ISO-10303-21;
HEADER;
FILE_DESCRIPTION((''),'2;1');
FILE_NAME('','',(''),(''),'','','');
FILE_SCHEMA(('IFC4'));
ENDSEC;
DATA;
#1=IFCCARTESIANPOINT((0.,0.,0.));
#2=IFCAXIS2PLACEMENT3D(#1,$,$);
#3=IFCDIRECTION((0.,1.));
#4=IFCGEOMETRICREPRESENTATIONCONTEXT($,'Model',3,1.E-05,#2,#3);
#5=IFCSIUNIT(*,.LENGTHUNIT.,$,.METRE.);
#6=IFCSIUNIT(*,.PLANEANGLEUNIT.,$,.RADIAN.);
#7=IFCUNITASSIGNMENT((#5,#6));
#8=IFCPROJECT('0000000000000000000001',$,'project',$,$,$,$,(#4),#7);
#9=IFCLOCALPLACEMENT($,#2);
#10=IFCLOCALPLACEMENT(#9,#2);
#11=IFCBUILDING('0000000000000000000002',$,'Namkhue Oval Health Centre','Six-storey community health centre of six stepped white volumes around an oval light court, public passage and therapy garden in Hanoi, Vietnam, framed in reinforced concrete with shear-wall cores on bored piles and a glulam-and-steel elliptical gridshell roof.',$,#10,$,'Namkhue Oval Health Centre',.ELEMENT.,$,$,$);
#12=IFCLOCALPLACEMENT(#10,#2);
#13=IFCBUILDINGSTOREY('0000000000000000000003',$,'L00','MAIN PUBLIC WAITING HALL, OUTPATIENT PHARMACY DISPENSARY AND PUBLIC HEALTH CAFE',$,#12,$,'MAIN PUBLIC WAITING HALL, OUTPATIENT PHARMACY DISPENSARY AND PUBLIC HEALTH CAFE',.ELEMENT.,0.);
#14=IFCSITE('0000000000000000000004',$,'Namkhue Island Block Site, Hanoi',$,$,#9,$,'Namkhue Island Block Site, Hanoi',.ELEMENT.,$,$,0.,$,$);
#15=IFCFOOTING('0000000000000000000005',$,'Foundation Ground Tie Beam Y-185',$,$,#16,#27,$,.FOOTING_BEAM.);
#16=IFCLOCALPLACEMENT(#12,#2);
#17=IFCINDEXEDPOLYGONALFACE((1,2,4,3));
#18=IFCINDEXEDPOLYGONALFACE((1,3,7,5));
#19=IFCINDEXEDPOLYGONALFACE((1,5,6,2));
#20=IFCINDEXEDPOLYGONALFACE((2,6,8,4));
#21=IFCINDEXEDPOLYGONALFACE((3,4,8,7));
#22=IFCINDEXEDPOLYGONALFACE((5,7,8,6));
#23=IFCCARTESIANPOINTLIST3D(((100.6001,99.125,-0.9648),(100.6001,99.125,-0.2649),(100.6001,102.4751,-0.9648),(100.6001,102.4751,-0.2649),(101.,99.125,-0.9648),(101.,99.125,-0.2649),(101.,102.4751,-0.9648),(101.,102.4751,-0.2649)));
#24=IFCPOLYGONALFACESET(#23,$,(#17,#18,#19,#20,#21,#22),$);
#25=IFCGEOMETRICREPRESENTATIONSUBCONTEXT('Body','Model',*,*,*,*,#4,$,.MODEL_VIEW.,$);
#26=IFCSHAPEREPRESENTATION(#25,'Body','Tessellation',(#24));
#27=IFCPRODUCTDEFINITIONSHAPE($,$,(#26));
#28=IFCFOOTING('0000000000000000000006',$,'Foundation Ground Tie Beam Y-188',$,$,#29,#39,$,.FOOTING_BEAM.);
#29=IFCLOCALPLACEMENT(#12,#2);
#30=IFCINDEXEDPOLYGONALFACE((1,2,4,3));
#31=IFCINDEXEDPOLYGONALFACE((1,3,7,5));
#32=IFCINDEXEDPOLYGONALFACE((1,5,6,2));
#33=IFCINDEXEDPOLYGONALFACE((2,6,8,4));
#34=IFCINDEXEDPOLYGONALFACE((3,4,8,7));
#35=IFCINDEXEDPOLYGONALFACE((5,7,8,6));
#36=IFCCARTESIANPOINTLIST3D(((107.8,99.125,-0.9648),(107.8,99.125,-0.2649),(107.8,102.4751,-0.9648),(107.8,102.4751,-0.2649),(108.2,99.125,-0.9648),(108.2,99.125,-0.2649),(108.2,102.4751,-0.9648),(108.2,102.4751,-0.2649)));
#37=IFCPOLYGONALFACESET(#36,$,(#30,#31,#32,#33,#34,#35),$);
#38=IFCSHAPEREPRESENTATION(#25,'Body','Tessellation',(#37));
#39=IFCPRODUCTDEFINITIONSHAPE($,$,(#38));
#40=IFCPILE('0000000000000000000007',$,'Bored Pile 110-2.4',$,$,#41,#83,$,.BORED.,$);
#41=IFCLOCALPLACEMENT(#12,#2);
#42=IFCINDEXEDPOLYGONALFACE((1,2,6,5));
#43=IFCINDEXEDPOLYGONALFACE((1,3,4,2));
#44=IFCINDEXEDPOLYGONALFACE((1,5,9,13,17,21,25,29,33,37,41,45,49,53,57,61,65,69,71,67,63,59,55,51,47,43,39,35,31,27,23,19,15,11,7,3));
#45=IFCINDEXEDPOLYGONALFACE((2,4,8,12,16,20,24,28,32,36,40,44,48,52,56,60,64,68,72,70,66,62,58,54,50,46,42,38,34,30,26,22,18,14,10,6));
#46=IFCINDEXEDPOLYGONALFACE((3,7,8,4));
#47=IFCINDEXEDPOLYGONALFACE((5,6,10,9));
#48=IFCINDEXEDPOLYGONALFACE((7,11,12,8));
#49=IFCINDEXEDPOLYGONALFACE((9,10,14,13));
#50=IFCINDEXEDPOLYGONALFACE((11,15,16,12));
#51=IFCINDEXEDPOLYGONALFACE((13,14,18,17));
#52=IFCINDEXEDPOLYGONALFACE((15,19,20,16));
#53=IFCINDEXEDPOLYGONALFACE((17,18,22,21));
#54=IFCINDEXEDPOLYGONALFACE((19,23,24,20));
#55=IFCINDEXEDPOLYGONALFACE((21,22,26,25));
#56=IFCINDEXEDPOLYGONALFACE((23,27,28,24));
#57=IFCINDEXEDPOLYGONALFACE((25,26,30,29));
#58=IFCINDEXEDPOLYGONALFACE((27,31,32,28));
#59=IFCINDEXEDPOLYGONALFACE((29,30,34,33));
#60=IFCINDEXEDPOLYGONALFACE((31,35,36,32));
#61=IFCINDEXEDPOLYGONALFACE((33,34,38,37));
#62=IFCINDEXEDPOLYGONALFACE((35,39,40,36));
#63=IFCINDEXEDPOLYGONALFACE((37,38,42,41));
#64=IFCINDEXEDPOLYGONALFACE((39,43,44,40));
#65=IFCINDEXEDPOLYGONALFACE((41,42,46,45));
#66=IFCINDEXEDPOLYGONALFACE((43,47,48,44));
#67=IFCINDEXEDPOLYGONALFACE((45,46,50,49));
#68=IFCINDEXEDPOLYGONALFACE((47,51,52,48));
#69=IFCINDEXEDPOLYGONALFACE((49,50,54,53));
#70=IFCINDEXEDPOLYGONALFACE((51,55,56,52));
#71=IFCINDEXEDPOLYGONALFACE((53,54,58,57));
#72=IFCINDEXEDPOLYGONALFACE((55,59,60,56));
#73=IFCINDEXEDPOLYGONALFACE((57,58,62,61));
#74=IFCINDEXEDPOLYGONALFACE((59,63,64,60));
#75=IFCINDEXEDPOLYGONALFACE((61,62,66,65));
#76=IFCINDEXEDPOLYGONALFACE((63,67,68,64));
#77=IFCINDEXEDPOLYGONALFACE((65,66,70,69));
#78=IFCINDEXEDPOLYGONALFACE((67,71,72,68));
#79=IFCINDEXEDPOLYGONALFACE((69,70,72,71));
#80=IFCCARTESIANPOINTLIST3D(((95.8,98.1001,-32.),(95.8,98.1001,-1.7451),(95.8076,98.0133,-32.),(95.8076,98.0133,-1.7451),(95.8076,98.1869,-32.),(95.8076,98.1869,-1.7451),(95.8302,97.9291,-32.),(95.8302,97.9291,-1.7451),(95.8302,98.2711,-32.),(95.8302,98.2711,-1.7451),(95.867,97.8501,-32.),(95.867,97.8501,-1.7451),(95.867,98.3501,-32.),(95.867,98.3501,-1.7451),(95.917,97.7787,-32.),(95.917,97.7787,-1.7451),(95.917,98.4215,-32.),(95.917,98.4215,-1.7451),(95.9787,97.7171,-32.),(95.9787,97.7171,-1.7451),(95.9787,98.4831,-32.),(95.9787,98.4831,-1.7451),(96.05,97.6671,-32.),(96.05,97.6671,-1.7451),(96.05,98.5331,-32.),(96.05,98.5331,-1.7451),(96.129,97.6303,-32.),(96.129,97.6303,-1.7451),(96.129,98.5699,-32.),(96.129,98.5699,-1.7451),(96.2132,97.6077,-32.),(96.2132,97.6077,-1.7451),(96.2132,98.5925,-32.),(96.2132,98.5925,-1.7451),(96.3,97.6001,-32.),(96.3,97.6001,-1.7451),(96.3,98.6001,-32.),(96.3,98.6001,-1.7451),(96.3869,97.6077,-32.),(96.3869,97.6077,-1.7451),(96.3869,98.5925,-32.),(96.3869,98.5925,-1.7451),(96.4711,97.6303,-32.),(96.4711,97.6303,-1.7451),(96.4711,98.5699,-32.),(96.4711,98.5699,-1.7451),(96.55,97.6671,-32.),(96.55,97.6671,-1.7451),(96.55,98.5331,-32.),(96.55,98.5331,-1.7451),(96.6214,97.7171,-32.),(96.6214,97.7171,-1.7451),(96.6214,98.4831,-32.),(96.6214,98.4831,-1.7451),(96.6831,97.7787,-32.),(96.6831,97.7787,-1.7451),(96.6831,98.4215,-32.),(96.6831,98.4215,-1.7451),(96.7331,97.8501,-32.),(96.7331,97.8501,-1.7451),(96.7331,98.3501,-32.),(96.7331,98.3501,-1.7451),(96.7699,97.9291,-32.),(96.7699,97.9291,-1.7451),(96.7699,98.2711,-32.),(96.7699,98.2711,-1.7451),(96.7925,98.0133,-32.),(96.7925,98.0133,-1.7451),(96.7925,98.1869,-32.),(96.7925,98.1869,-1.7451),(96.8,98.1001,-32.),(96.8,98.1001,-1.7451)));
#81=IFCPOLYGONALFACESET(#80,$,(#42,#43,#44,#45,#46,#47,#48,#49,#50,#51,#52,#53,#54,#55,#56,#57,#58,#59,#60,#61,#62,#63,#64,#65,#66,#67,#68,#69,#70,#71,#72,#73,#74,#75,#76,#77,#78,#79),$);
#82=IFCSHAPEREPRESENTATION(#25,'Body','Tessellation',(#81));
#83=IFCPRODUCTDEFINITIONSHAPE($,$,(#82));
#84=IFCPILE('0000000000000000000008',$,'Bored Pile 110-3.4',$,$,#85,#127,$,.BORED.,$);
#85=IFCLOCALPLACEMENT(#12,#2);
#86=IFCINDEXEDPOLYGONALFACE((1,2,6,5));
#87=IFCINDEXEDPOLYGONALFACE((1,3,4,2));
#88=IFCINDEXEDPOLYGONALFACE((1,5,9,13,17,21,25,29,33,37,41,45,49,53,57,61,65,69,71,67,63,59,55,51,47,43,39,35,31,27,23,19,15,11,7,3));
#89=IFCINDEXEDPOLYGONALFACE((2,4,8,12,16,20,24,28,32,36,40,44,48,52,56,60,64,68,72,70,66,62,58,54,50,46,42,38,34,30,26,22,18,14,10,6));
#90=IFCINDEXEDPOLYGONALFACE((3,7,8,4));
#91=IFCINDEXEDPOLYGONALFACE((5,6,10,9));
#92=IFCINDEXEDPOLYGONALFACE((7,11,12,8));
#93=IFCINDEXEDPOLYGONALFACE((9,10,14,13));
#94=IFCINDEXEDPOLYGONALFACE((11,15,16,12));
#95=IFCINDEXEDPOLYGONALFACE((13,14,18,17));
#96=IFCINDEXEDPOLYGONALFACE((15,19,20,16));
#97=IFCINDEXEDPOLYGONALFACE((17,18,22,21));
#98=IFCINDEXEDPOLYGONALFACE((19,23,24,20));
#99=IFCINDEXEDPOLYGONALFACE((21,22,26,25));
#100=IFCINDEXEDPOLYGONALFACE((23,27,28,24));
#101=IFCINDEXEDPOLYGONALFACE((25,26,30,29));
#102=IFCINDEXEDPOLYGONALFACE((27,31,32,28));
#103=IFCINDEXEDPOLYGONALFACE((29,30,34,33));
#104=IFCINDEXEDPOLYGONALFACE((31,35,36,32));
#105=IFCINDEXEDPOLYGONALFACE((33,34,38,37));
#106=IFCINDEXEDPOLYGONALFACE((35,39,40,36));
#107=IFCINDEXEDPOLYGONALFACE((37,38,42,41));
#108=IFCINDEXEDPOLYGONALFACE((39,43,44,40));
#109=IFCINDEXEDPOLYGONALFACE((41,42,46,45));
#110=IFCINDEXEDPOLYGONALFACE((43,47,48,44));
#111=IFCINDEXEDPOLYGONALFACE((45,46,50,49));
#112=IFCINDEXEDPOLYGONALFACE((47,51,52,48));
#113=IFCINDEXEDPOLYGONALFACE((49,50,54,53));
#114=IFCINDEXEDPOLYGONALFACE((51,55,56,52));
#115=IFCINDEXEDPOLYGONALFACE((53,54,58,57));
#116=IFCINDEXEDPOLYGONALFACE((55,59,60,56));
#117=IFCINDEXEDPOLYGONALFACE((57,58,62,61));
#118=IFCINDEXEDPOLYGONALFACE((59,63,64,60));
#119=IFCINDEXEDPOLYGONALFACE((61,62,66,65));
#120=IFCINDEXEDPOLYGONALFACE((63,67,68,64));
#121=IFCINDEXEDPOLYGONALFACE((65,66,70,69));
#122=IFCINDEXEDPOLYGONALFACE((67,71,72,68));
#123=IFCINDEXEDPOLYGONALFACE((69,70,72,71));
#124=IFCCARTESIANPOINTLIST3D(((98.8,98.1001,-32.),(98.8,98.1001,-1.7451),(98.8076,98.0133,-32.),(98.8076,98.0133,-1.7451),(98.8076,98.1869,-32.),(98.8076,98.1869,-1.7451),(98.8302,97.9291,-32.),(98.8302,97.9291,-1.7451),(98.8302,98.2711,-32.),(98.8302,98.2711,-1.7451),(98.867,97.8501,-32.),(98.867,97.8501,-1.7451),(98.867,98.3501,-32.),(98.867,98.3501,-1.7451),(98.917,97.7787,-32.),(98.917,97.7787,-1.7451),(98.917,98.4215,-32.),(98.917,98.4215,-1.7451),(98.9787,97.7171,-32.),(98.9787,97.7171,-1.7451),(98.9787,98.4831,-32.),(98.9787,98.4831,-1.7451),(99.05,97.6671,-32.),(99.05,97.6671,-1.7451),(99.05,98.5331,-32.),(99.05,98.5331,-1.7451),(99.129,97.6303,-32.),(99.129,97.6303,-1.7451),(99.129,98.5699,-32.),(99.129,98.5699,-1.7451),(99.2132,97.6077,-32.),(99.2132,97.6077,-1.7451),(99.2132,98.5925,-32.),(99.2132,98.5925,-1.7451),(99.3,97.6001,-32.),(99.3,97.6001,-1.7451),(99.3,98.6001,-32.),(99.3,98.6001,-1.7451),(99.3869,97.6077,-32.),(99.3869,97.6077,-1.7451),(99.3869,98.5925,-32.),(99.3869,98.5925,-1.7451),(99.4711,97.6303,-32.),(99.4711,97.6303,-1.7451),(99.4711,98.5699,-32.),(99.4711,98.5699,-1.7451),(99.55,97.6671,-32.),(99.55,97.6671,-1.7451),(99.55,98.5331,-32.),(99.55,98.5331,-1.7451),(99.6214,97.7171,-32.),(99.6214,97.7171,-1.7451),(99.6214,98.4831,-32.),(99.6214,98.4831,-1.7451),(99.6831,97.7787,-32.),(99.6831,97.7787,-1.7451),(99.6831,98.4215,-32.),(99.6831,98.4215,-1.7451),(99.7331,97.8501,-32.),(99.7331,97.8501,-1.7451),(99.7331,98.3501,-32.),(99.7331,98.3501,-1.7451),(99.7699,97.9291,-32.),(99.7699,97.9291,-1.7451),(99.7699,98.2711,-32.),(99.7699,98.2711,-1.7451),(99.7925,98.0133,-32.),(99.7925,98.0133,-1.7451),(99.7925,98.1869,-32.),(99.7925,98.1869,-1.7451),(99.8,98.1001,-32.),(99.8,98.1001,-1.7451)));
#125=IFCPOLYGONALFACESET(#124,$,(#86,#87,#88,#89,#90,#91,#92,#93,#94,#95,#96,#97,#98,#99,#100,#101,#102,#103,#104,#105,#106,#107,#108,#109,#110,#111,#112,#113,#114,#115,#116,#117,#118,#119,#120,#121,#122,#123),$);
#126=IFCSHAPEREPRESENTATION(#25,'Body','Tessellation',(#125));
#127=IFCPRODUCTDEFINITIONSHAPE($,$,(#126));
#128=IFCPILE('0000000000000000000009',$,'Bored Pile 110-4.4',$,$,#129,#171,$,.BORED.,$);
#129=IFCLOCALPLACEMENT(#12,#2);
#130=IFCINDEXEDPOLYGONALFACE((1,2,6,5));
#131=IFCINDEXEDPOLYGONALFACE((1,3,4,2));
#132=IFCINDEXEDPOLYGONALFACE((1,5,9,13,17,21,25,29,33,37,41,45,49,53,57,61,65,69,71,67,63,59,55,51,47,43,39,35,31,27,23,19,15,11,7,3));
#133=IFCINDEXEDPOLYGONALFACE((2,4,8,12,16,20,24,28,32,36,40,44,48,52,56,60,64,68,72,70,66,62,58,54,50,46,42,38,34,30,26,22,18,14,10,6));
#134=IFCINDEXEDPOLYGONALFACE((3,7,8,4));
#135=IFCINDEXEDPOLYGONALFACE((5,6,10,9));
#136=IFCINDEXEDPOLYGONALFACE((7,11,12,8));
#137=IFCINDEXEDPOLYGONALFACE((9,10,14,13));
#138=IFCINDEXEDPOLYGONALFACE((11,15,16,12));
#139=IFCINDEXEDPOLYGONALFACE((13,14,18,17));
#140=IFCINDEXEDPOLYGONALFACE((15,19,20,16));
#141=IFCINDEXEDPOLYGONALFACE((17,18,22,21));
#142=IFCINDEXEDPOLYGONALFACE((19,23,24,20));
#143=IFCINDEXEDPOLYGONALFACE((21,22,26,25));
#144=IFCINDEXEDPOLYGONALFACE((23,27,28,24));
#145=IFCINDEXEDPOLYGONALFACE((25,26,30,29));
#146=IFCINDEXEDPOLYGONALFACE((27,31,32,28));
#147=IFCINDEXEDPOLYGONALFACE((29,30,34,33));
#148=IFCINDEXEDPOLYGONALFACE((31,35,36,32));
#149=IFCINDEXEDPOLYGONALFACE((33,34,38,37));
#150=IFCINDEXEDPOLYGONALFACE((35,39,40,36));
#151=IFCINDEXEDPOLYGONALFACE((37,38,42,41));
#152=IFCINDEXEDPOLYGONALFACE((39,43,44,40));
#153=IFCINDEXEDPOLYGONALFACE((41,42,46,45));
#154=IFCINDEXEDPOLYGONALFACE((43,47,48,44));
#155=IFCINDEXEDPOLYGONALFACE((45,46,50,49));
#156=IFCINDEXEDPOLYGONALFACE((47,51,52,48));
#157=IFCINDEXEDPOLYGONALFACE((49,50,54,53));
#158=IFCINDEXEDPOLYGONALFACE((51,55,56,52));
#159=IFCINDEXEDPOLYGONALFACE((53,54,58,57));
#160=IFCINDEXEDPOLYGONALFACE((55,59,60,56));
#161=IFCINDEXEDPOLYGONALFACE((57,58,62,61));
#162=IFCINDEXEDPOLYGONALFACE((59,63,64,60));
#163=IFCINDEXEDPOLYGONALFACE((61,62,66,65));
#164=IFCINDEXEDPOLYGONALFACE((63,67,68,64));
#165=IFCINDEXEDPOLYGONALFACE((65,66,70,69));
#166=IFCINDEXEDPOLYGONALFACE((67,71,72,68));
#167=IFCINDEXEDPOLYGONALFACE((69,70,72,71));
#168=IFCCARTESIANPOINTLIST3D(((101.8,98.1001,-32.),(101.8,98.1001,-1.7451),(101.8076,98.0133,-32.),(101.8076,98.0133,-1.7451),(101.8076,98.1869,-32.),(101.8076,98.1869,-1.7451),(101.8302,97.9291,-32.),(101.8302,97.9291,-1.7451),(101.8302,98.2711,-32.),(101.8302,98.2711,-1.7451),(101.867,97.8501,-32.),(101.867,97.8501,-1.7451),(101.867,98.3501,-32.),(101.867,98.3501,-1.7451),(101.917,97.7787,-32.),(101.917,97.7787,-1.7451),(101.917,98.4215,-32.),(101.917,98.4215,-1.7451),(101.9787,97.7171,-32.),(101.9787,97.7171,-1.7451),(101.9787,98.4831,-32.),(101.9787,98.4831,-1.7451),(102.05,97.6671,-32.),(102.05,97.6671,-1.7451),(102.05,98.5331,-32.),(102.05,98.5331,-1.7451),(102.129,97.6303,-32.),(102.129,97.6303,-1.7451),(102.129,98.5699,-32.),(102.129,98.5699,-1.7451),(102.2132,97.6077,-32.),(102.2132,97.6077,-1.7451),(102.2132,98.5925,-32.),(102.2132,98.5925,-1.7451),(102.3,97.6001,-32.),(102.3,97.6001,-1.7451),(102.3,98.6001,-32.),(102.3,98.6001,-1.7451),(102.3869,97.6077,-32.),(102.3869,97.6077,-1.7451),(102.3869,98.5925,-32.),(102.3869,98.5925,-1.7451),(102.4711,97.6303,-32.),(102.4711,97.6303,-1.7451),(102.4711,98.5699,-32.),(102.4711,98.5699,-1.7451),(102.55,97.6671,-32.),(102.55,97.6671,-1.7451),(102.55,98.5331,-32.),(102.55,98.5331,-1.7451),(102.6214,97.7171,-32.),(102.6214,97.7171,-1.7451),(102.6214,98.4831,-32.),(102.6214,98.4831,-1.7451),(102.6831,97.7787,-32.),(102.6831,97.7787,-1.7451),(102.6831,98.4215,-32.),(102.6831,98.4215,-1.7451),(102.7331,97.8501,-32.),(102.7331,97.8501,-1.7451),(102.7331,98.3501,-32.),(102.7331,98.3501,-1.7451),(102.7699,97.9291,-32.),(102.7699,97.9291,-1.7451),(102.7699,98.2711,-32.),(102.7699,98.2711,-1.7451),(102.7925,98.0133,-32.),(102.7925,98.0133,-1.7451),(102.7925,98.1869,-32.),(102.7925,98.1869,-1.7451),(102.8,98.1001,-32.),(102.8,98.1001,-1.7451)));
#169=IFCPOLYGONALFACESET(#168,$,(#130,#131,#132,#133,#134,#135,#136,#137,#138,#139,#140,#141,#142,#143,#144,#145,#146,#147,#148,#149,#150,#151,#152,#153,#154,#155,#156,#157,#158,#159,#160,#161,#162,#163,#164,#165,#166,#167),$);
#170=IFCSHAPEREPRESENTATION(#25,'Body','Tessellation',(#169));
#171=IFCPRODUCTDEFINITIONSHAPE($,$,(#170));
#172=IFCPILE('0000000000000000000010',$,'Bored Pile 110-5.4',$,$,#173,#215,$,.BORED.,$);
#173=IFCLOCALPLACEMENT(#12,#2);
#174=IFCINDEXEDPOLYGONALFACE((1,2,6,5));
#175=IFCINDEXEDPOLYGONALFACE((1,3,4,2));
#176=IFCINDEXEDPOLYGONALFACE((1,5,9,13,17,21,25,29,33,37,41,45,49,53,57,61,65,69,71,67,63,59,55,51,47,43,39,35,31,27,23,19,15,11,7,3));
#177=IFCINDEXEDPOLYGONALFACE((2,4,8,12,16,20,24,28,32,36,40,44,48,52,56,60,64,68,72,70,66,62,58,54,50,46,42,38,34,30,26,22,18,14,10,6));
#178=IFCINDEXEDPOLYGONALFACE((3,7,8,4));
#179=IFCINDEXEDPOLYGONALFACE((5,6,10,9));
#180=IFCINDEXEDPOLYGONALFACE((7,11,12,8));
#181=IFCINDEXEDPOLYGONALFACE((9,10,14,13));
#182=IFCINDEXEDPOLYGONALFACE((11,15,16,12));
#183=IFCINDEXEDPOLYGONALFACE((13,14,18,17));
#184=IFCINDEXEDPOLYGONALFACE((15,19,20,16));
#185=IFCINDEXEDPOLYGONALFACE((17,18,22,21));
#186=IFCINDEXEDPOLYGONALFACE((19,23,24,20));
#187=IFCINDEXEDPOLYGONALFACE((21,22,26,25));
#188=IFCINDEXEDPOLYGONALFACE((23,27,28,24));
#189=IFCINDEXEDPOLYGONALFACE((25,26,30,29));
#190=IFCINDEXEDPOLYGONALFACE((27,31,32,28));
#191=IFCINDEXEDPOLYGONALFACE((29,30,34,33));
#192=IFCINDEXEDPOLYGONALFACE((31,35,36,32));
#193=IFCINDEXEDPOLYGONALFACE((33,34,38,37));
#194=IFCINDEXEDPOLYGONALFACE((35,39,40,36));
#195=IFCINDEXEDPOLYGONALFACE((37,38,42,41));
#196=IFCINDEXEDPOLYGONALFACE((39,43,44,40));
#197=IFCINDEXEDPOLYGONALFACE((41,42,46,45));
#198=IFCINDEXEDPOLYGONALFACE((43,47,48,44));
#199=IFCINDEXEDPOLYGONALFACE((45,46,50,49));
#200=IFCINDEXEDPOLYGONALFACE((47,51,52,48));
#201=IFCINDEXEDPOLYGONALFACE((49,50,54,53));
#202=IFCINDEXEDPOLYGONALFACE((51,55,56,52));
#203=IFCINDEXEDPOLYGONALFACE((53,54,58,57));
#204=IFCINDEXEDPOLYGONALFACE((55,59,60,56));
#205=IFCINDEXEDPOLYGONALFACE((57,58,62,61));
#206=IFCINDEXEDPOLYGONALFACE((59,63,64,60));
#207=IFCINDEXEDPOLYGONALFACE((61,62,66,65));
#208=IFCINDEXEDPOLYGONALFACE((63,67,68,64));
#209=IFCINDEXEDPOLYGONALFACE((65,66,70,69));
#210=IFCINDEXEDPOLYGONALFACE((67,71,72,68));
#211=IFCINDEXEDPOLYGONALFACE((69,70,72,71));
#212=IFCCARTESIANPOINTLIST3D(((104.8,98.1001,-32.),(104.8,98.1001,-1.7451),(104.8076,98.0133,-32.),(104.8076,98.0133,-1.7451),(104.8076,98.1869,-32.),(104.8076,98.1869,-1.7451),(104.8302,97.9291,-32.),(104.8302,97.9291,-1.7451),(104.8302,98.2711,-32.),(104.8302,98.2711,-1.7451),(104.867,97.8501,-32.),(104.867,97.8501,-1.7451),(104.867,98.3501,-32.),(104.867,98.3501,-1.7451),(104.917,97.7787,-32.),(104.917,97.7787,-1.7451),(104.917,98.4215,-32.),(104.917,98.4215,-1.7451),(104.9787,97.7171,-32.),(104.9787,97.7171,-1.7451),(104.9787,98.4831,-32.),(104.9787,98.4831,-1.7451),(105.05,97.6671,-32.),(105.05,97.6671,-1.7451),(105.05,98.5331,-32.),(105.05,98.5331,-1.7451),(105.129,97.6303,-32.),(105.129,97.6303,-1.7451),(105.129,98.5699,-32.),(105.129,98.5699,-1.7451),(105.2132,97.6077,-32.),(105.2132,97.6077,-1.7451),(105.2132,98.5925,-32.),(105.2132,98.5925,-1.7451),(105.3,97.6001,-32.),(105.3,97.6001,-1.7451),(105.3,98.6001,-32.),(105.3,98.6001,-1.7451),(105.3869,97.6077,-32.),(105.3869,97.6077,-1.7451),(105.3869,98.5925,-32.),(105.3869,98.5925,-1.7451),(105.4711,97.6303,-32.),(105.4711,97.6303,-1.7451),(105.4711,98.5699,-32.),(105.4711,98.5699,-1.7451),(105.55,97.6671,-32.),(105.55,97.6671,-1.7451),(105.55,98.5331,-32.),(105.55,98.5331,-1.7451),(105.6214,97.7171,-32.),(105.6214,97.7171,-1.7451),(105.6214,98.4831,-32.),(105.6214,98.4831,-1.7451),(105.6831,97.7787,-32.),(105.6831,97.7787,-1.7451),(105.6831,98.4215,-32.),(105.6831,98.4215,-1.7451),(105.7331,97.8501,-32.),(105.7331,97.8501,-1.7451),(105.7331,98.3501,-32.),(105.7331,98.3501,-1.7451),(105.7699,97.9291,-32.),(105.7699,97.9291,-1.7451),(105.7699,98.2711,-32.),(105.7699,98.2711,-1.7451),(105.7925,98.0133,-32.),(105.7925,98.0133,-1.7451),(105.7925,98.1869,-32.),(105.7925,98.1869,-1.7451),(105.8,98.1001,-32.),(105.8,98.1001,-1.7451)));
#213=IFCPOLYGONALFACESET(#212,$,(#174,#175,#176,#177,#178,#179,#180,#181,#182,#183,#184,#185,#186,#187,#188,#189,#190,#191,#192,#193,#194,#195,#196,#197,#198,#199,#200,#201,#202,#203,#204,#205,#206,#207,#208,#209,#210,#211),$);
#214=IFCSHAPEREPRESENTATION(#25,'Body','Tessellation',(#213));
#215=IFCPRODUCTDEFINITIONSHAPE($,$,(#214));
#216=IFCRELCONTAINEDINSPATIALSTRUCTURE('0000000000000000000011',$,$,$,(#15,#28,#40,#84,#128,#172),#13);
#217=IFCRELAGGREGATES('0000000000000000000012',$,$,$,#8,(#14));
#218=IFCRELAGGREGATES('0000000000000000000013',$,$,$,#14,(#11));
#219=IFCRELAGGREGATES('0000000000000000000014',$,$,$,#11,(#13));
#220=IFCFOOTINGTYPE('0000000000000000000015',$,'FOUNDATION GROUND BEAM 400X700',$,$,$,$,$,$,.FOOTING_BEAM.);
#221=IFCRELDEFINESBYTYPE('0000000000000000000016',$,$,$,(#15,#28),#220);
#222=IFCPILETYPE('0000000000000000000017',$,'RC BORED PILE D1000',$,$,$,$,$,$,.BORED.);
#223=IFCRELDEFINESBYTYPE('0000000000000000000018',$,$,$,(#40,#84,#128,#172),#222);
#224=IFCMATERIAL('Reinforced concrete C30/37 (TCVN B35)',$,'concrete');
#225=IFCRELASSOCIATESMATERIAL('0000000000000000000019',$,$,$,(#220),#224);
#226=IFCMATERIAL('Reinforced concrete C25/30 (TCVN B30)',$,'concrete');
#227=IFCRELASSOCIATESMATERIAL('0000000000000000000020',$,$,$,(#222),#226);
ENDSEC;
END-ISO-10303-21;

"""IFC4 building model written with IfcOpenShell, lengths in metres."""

from ifc_helpers import new_model, si_unit, direction, frame, origin, origin_2d, place, context, subcontext, project, spatial, rectangle, circle, extrude, material, material_profile, profile_set, type_object, element, save


model = new_model("IFC4")

# Units and contexts
model_context = context("Model", 3, precision=1e-05, world=origin(), true_north=direction((0.0, 1.0)))
body_context = subcontext(model_context, "Body", "Model", "MODEL_VIEW")
ifc_project = project(units=[si_unit("LENGTHUNIT", "METRE"), si_unit("PLANEANGLEUNIT", "RADIAN")], contexts=[model_context])

# Site, building, storey
site_placement = place(None, origin())
site = spatial("IfcSite", under=ifc_project, at=site_placement, Name="Namkhue Island Block Site, Hanoi", LongName="Namkhue Island Block Site, Hanoi", CompositionType="ELEMENT", RefElevation=0.0)
building_placement = place(site_placement, origin())
building = spatial("IfcBuilding", under=site, at=building_placement, Name="Namkhue Oval Health Centre", Description="Six-storey community health centre of six stepped white volumes around an oval light court, public passage and therapy garden in Hanoi, Vietnam, framed in reinforced concrete with shear-wall cores on bored piles and a glulam-and-steel elliptical gridshell roof.", LongName="Namkhue Oval Health Centre", CompositionType="ELEMENT")
storey_placement = place(building_placement, origin())
storey = spatial("IfcBuildingStorey", under=building, at=storey_placement, Name="L00", Description="MAIN PUBLIC WAITING HALL, OUTPATIENT PHARMACY DISPENSARY AND PUBLIC HEALTH CAFE", LongName="MAIN PUBLIC WAITING HALL, OUTPATIENT PHARMACY DISPENSARY AND PUBLIC HEALTH CAFE", CompositionType="ELEMENT", Elevation=0.0)

# Footings
ifc_material_1 = material(Name="Reinforced concrete C30/37 (TCVN B35)", Category="concrete")
footing_type = type_object("IfcFootingType", Name="FOUNDATION GROUND BEAM 400X700", PredefinedType="FOOTING_BEAM", material=ifc_material_1)
for number, where, z_axis, x_axis, name in (
    (1, (100.8, 100.8, -0.9648), (0.0, 0.0, 1.0), (0.0, 1.0, 0.0), "Foundation Ground Tie Beam Y-185"),
    (2, (108.0, 100.8, -0.9648), (0.0, 0.0, 1.0), (0.0, 1.0, 0.0), "Foundation Ground Tie Beam Y-188"),
):
    element("IfcFooting", number, at=place(storey_placement, frame(where, z_axis=z_axis, x_axis=x_axis)), inside=storey, type_object=footing_type, Name=name, PredefinedType="FOOTING_BEAM", context=body_context, shape_type="SweptSolid", body=[
        extrude(rectangle(XDim=3.3501, YDim=0.3999, at=origin_2d()), origin(), (0.0, 0.0, 1.0), 0.7),
    ])

# Piles
ifc_material_2 = material(Name="Reinforced concrete C25/30 (TCVN B30)", Category="concrete")
ifc_material_profile_1 = material_profile(ifc_material_2, circle(Radius=0.5, at=origin_2d()), Name="BORED PILE D1000")
ifc_profile_set_1 = profile_set([ifc_material_profile_1], Name="Reinforced concrete C25/30 (TCVN B30)")
pile_type_1 = type_object("IfcPileType", Name="RC BORED PILE D1000", PredefinedType="BORED", material=ifc_profile_set_1)
for number, where, z_axis, x_axis, name in (
    (3, (96.3, 98.1001, -1.7451), (0.0, 0.0, -1.0), (1.0, 0.0, 0.0), "Bored Pile 110-2.4"),
    (4, (99.3, 98.1001, -1.7451), (0.0, 0.0, -1.0), (1.0, 0.0, 0.0), "Bored Pile 110-3.4"),
    (5, (102.3, 98.1001, -1.7451), (0.0, 0.0, -1.0), (1.0, 0.0, 0.0), "Bored Pile 110-4.4"),
    (6, (105.3, 98.1001, -1.7451), (0.0, 0.0, -1.0), (1.0, 0.0, 0.0), "Bored Pile 110-5.4"),
):
    element("IfcPile", number, at=place(storey_placement, frame(where, z_axis=z_axis, x_axis=x_axis)), inside=storey, type_object=pile_type_1, Name=name, PredefinedType="BORED", context=body_context, shape_type="SweptSolid", body=[
        extrude(circle(Radius=0.5, at=origin_2d()), origin(), (0.0, 0.0, 1.0), 30.2549),
    ])

save(model, "model.ifc")
